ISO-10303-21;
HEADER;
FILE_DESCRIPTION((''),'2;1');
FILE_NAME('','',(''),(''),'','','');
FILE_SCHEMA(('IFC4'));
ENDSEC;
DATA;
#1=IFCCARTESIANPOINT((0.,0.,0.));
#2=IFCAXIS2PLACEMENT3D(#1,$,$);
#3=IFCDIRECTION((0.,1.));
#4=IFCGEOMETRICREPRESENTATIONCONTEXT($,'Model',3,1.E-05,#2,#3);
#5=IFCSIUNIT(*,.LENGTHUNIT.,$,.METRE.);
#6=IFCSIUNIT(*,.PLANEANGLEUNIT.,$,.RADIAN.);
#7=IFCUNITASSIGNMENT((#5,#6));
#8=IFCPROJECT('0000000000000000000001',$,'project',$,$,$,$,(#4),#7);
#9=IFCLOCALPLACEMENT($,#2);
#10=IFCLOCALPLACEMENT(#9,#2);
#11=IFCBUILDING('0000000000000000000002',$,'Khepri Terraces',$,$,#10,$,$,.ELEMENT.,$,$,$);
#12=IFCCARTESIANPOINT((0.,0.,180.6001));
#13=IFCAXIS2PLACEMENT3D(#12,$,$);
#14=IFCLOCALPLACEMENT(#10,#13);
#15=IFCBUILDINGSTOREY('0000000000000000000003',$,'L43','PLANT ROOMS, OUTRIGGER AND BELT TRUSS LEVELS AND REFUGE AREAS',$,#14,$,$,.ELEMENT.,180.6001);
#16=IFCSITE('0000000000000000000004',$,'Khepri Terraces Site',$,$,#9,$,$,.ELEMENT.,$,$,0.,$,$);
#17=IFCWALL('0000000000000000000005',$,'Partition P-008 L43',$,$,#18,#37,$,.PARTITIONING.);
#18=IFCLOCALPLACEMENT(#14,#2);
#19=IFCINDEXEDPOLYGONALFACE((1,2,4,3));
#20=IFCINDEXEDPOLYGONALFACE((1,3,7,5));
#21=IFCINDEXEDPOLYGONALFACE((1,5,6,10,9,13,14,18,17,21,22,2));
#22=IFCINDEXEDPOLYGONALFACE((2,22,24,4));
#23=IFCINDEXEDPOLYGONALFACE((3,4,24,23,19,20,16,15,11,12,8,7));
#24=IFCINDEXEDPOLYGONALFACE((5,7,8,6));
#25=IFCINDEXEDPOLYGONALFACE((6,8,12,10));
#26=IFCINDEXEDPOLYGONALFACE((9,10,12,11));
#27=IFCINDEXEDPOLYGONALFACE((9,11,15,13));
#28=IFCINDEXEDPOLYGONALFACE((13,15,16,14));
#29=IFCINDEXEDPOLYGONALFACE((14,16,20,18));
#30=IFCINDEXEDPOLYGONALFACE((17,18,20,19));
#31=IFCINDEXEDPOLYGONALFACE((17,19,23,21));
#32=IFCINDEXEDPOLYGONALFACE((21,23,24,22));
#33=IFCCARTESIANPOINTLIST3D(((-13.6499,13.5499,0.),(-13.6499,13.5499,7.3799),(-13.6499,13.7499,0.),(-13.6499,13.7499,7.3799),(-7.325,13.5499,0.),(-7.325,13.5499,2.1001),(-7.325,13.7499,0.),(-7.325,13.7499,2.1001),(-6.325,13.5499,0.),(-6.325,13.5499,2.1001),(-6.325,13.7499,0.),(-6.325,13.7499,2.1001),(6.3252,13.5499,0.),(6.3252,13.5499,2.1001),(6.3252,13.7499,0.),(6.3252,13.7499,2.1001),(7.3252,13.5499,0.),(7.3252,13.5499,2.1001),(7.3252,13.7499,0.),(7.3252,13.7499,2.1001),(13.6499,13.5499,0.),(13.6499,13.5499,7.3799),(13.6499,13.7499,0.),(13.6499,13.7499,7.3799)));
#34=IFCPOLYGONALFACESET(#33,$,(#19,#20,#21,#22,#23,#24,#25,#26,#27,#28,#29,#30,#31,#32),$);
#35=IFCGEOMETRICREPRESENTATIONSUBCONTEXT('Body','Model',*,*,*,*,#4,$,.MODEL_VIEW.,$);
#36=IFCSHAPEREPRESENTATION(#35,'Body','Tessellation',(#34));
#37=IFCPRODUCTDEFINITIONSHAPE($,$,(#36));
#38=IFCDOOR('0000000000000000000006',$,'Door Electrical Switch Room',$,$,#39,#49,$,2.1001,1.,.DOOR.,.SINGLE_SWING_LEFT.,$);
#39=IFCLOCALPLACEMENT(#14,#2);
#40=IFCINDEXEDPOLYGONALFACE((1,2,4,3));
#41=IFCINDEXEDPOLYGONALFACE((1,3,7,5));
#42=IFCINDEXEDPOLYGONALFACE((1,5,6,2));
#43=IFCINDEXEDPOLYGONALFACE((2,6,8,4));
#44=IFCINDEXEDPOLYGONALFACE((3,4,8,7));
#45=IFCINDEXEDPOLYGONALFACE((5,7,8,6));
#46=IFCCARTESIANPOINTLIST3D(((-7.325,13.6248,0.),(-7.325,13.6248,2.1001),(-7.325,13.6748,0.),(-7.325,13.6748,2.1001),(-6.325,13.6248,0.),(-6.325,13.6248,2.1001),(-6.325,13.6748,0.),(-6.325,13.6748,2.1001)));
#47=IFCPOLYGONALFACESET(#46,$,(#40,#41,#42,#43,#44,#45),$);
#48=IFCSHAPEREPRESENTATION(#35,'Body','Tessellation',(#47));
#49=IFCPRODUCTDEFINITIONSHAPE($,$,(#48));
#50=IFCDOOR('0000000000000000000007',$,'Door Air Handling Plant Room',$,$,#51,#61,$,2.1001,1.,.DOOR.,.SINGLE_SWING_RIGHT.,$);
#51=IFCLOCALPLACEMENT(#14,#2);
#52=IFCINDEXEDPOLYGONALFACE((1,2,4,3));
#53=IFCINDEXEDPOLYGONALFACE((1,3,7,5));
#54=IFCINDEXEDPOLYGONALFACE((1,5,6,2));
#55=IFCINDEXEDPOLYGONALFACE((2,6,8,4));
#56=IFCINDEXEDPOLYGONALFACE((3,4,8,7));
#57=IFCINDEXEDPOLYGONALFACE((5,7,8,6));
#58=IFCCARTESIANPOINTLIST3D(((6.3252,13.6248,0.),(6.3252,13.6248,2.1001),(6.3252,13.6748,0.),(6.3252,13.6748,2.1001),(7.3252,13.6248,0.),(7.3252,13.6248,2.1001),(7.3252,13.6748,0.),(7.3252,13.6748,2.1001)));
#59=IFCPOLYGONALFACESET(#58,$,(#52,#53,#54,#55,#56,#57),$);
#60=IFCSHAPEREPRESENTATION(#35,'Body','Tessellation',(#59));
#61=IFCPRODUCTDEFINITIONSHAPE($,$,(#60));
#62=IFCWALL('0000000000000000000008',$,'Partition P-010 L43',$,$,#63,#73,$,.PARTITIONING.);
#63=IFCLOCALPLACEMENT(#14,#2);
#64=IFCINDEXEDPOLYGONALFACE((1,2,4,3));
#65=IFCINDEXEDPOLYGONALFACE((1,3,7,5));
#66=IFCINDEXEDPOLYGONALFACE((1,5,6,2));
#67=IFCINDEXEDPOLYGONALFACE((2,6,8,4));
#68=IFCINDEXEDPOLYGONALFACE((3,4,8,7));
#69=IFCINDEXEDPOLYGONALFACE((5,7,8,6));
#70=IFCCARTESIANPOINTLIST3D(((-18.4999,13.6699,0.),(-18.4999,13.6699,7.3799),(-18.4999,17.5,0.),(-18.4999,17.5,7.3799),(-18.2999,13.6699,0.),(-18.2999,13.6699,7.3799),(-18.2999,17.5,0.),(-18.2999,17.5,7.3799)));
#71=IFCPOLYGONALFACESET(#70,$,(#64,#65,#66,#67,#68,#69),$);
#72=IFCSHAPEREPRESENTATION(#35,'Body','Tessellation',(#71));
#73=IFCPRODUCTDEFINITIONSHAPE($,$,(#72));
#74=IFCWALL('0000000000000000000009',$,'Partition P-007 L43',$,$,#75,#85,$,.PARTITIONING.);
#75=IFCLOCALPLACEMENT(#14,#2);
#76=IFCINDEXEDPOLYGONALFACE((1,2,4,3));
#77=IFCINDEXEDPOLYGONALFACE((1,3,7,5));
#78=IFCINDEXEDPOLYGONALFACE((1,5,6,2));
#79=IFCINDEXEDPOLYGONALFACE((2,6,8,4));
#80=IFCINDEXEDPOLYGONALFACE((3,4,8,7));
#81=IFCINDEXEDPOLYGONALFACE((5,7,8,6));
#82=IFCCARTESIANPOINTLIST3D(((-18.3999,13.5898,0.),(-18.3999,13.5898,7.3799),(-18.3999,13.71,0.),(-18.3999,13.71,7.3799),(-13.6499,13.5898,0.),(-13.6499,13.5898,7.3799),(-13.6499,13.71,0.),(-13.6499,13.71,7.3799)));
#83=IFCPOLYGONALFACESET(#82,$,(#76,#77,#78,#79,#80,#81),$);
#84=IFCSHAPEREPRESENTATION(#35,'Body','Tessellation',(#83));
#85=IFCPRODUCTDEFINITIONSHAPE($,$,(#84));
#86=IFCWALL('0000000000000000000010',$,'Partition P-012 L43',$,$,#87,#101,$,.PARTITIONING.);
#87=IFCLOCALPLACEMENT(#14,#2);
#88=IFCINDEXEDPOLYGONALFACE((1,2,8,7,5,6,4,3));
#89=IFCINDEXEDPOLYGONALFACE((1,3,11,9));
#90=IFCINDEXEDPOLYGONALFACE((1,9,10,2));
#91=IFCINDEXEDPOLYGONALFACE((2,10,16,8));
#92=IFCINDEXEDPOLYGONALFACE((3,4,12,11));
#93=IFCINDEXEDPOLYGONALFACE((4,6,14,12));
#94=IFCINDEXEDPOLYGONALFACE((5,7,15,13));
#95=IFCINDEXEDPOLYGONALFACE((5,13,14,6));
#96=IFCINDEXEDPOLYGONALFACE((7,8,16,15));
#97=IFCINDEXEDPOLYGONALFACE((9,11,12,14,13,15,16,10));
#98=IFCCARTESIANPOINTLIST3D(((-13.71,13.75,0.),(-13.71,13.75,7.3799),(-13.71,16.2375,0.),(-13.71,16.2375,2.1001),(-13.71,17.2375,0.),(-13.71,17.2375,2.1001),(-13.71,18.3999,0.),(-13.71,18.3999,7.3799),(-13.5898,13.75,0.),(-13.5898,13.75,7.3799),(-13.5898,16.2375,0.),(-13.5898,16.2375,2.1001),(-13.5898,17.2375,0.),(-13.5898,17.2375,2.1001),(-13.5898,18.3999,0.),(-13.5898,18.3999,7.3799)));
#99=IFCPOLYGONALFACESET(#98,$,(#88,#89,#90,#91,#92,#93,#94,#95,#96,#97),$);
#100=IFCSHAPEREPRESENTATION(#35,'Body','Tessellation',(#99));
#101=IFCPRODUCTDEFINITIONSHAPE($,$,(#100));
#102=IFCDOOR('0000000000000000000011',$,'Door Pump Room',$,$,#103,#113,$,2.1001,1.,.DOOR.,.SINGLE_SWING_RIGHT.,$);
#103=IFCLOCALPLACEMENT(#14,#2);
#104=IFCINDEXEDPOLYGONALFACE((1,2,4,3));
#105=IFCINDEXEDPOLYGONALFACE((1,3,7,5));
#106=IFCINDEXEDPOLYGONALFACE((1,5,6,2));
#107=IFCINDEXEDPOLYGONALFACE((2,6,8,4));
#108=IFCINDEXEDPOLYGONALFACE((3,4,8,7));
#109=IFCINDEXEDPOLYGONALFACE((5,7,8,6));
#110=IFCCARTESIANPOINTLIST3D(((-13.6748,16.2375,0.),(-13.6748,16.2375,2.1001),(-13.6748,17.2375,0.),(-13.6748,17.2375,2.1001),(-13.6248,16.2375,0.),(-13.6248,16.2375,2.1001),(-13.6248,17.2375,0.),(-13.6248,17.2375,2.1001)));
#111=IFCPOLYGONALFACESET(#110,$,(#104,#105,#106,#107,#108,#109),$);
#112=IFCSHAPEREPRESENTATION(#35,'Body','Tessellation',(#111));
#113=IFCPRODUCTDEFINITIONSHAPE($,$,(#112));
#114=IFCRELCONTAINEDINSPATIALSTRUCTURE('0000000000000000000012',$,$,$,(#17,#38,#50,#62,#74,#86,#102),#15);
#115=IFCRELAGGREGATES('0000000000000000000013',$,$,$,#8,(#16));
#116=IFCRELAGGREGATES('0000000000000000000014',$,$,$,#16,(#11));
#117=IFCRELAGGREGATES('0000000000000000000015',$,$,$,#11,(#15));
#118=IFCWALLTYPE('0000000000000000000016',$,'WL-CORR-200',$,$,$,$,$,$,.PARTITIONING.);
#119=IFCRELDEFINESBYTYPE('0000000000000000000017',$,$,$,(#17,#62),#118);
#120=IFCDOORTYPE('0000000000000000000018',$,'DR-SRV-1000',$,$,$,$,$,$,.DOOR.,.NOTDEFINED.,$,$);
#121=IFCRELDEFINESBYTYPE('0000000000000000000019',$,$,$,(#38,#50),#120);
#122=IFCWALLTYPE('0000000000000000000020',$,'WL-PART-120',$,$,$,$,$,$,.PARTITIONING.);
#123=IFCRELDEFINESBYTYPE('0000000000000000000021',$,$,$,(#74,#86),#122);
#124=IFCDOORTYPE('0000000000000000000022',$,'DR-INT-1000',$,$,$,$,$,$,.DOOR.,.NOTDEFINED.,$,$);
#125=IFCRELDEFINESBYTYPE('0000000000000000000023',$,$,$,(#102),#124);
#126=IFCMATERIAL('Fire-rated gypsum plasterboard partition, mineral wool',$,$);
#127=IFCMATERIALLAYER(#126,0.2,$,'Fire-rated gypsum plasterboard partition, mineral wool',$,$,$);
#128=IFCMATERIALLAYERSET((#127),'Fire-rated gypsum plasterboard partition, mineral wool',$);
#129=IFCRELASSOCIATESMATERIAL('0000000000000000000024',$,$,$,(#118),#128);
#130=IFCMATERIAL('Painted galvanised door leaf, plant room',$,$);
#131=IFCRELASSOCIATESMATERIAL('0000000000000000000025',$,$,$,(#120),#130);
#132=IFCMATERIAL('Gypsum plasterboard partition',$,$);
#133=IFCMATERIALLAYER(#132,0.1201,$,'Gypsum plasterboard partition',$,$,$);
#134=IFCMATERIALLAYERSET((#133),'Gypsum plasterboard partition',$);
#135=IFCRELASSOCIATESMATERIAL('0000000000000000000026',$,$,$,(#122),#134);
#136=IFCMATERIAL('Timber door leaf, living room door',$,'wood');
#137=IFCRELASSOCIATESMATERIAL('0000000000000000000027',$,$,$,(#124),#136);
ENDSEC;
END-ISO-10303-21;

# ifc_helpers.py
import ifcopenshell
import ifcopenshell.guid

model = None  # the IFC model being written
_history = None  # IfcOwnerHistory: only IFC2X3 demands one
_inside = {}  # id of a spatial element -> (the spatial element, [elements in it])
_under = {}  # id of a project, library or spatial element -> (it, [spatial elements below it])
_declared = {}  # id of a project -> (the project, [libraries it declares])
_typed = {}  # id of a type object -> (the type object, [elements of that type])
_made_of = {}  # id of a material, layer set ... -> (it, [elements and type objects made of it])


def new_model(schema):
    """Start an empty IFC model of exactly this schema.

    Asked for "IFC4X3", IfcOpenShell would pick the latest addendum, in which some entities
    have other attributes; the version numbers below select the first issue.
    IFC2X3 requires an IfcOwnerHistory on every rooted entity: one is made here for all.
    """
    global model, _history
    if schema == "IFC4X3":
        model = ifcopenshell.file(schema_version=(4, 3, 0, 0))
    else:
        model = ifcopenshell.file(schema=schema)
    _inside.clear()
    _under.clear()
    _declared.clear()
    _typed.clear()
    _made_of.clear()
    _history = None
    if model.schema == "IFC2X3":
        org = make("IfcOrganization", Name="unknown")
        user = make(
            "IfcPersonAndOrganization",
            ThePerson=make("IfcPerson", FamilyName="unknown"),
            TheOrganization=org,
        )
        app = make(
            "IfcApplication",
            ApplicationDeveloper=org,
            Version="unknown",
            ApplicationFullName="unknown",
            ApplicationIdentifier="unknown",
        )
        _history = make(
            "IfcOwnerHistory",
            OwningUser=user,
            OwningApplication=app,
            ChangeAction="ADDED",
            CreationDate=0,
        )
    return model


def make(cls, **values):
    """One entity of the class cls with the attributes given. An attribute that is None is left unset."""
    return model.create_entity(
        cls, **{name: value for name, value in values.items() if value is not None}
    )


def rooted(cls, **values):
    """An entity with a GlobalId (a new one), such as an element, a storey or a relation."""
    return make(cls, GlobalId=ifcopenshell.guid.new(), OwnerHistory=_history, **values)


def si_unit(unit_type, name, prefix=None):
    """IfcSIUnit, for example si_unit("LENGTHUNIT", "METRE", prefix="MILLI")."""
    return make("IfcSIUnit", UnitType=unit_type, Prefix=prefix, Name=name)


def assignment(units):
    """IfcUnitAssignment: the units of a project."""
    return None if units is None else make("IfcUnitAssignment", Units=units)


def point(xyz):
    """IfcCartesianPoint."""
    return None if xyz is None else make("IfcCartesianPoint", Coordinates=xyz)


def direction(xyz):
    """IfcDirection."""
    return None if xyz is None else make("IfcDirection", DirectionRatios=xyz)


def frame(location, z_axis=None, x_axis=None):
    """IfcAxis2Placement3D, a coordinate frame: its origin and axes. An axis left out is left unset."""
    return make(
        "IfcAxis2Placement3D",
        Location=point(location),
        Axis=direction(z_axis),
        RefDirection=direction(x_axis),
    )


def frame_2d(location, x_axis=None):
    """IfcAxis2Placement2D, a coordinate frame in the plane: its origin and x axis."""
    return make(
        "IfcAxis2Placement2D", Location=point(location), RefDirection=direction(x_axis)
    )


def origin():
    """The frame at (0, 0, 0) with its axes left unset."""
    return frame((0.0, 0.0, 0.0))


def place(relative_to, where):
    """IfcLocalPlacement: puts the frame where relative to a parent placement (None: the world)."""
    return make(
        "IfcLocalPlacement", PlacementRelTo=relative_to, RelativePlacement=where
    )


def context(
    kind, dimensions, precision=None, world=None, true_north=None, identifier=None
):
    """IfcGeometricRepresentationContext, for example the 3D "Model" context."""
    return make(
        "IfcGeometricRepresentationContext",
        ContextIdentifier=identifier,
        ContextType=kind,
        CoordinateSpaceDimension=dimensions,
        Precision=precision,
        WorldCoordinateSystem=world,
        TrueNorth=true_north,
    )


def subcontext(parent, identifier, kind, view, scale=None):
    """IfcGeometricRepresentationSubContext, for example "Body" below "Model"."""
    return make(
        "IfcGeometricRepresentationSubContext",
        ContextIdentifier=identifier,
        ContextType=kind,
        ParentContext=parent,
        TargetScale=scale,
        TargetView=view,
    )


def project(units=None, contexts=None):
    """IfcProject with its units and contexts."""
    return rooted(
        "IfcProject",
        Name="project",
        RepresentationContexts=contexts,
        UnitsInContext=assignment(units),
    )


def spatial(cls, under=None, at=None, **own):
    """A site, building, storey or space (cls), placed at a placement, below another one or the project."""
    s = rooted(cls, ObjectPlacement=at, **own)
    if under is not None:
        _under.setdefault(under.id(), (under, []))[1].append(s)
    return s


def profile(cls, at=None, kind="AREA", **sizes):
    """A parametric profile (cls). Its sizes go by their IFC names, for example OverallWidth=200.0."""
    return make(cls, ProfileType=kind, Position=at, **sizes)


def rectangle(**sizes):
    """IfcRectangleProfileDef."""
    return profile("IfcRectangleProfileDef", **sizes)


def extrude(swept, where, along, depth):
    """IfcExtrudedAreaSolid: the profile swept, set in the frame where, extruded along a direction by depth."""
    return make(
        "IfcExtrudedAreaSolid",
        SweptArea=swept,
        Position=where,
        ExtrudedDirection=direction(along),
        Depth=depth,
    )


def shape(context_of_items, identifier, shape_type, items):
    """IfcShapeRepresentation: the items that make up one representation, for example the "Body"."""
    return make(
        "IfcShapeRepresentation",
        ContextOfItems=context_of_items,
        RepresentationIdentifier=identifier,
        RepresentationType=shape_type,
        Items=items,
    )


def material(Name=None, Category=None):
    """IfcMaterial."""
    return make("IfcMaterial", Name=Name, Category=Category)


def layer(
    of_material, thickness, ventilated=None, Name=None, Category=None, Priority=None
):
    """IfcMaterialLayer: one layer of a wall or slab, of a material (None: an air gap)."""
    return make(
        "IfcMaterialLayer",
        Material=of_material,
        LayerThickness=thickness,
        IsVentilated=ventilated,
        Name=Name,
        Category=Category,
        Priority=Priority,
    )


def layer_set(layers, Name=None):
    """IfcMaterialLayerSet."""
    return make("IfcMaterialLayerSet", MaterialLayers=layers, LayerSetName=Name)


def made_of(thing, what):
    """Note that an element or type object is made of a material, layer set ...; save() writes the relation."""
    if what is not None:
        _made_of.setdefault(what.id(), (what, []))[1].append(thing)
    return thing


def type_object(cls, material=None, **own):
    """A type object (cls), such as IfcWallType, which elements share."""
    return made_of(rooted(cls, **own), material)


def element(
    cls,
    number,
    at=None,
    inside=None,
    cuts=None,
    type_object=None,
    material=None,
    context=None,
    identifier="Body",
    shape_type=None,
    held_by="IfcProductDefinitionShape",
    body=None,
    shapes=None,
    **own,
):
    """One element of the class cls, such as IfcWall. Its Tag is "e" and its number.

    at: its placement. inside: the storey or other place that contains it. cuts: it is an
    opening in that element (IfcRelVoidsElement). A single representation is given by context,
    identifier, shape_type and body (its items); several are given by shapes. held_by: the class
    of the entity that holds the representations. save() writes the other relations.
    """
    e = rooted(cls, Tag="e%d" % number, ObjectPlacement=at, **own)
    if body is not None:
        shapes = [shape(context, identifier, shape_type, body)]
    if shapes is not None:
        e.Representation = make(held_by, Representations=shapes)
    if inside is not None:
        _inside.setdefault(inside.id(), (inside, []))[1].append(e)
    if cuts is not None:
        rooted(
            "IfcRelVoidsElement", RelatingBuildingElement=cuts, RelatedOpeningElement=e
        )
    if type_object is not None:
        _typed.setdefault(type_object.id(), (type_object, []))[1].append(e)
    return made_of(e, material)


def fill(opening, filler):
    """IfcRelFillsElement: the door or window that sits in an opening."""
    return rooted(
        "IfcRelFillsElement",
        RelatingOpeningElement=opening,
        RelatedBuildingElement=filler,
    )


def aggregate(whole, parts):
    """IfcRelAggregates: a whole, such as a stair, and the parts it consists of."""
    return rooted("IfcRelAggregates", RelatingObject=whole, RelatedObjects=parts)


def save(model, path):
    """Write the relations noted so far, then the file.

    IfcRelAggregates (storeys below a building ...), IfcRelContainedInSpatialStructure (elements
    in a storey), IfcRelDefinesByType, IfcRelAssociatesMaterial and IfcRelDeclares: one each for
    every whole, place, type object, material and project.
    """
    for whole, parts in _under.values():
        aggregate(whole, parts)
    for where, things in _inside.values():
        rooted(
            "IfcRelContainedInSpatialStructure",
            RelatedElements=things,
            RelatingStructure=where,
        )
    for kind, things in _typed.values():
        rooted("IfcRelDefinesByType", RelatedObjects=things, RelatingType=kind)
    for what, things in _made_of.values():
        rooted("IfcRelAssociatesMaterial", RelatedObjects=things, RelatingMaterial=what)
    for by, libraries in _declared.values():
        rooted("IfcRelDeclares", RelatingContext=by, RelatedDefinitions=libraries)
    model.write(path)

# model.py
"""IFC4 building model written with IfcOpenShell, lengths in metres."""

from ifc_helpers import new_model, si_unit, direction, frame, frame_2d, origin, place, context, subcontext, project, spatial, rectangle, extrude, material, layer, layer_set, type_object, element, fill, save


model = new_model("IFC4")

# Units and contexts
model_context = context("Model", 3, precision=1e-05, world=origin(), true_north=direction((0.0, 1.0)))
body_context = subcontext(model_context, "Body", "Model", "MODEL_VIEW")
ifc_project = project(units=[si_unit("LENGTHUNIT", "METRE"), si_unit("PLANEANGLEUNIT", "RADIAN")], contexts=[model_context])

# Site, building, storey
site_placement = place(None, origin())
site = spatial("IfcSite", under=ifc_project, at=site_placement, Name="Khepri Terraces Site", CompositionType="ELEMENT", RefElevation=0.0)
building_placement = place(site_placement, origin())
building = spatial("IfcBuilding", under=site, at=building_placement, Name="Khepri Terraces", CompositionType="ELEMENT")
storey_placement = place(building_placement, frame((0.0, 0.0, 180.6001)))
storey = spatial("IfcBuildingStorey", under=building, at=storey_placement, Name="L43", Description="PLANT ROOMS, OUTRIGGER AND BELT TRUSS LEVELS AND REFUGE AREAS", CompositionType="ELEMENT", Elevation=180.6001)

# Wall, openings, doors
ifc_material_1 = material(Name="Fire-rated gypsum plasterboard partition, mineral wool")
ifc_layer_1 = layer(ifc_material_1, 0.2, Name="Fire-rated gypsum plasterboard partition, mineral wool")
ifc_layer_set_1 = layer_set([ifc_layer_1], Name="Fire-rated gypsum plasterboard partition, mineral wool")
wall_type_1 = type_object("IfcWallType", Name="WL-CORR-200", PredefinedType="PARTITIONING", material=ifc_layer_set_1)
wall_1_placement = place(storey_placement, frame((-13.6499, 13.6499, 0.0), z_axis=(0.0, 0.0, 1.0), x_axis=(1.0, 0.0, 0.0)))
wall_1 = element("IfcWall", 1, at=wall_1_placement, inside=storey, type_object=wall_type_1, Name="Partition P-008 L43", PredefinedType="PARTITIONING", context=body_context, shape_type="SweptSolid", body=[
    extrude(rectangle(XDim=27.2998, YDim=0.2, at=frame_2d((13.6499, 0.0))), origin(), (0.0, 0.0, 1.0), 7.3799),
])
opening_1_placement = place(wall_1_placement, frame((6.325, 0.0, 0.0)))
opening_1 = element("IfcOpeningElement", 2, at=opening_1_placement, cuts=wall_1, PredefinedType="OPENING", context=body_context, shape_type="SweptSolid", body=[
    extrude(rectangle(XDim=1.0, YDim=2.1001, at=frame_2d((0.5, 1.05))), frame((0.0, 0.1099, 0.0), z_axis=(0.0, -1.0, 0.0), x_axis=(1.0, 0.0, 0.0)), (0.0, 0.0, 1.0), 0.22),
])
opening_2_placement = place(wall_1_placement, frame((19.9751, 0.0, 0.0)))
opening_2 = element("IfcOpeningElement", 3, at=opening_2_placement, cuts=wall_1, PredefinedType="OPENING", context=body_context, shape_type="SweptSolid", body=[
    extrude(rectangle(XDim=1.0, YDim=2.1001, at=frame_2d((0.5, 1.05))), frame((0.0, 0.1099, 0.0), z_axis=(0.0, -1.0, 0.0), x_axis=(1.0, 0.0, 0.0)), (0.0, 0.0, 1.0), 0.22),
])
ifc_material_2 = material(Name="Painted galvanised door leaf, plant room")
door_type_1 = type_object("IfcDoorType", Name="DR-SRV-1000", OperationType="NOTDEFINED", PredefinedType="DOOR", material=ifc_material_2)
door_1_placement = place(opening_1_placement, origin())
door_1 = element("IfcDoor", 4, at=door_1_placement, inside=storey, type_object=door_type_1, Name="Door Electrical Switch Room", OperationType="SINGLE_SWING_LEFT", OverallHeight=2.1001, OverallWidth=1.0, PredefinedType="DOOR", context=body_context, shape_type="SweptSolid", body=[
    extrude(rectangle(XDim=1.0, YDim=2.1001, at=frame_2d((0.5, 1.05))), frame((0.0, 0.0249, 0.0), z_axis=(0.0, -1.0, 0.0), x_axis=(1.0, 0.0, 0.0)), (0.0, 0.0, 1.0), 0.05),
])
fill(opening_1, door_1)
door_2_placement = place(opening_2_placement, origin())
door_2 = element("IfcDoor", 5, at=door_2_placement, inside=storey, type_object=door_type_1, Name="Door Air Handling Plant Room", OperationType="SINGLE_SWING_RIGHT", OverallHeight=2.1001, OverallWidth=1.0, PredefinedType="DOOR", context=body_context, shape_type="SweptSolid", body=[
    extrude(rectangle(XDim=1.0, YDim=2.1001, at=frame_2d((0.5, 1.05))), frame((0.0, 0.0249, 0.0), z_axis=(0.0, -1.0, 0.0), x_axis=(1.0, 0.0, 0.0)), (0.0, 0.0, 1.0), 0.05),
])
fill(opening_2, door_2)

# Walls
wall_2_placement = place(storey_placement, frame((-18.3999, 13.6699, 0.0), z_axis=(0.0, 0.0, 1.0), x_axis=(0.0, 1.0, 0.0)))
element("IfcWall", 6, at=wall_2_placement, inside=storey, type_object=wall_type_1, Name="Partition P-010 L43", PredefinedType="PARTITIONING", context=body_context, shape_type="SweptSolid", body=[
    extrude(rectangle(XDim=3.8301, YDim=0.2, at=frame_2d((1.915, 0.0))), origin(), (0.0, 0.0, 1.0), 7.3799),
])
ifc_material_3 = material(Name="Gypsum plasterboard partition")
ifc_layer_2 = layer(ifc_material_3, 0.1201, Name="Gypsum plasterboard partition")
ifc_layer_set_2 = layer_set([ifc_layer_2], Name="Gypsum plasterboard partition")
wall_type_2 = type_object("IfcWallType", Name="WL-PART-120", PredefinedType="PARTITIONING", material=ifc_layer_set_2)
wall_3_placement = place(storey_placement, frame((-18.3999, 13.6499, 0.0), z_axis=(0.0, 0.0, 1.0), x_axis=(1.0, 0.0, 0.0)))
element("IfcWall", 7, at=wall_3_placement, inside=storey, type_object=wall_type_2, Name="Partition P-007 L43", PredefinedType="PARTITIONING", context=body_context, shape_type="SweptSolid", body=[
    extrude(rectangle(XDim=4.75, YDim=0.1201, at=frame_2d((2.375, 0.0))), origin(), (0.0, 0.0, 1.0), 7.3799),
])

# Wall, opening, door
wall_4_placement = place(storey_placement, frame((-13.6499, 13.75, 0.0), z_axis=(0.0, 0.0, 1.0), x_axis=(0.0, 1.0, 0.0)))
wall_4 = element("IfcWall", 8, at=wall_4_placement, inside=storey, type_object=wall_type_2, Name="Partition P-012 L43", PredefinedType="PARTITIONING", context=body_context, shape_type="SweptSolid", body=[
    extrude(rectangle(XDim=4.6499, YDim=0.1201, at=frame_2d((2.325, 0.0))), origin(), (0.0, 0.0, 1.0), 7.3799),
])
opening_3_placement = place(wall_4_placement, frame((2.4875, 0.0, 0.0)))
opening_3 = element("IfcOpeningElement", 9, at=opening_3_placement, cuts=wall_4, PredefinedType="OPENING", context=body_context, shape_type="SweptSolid", body=[
    extrude(rectangle(XDim=1.0, YDim=2.1001, at=frame_2d((0.5, 1.05))), frame((0.0, 0.0701, 0.0), z_axis=(0.0, -1.0, 0.0), x_axis=(1.0, 0.0, 0.0)), (0.0, 0.0, 1.0), 0.1401),
])
ifc_material_4 = material(Name="Timber door leaf, living room door", Category="wood")
door_type_2 = type_object("IfcDoorType", Name="DR-INT-1000", OperationType="NOTDEFINED", PredefinedType="DOOR", material=ifc_material_4)
door_3_placement = place(opening_3_placement, origin())
door_3 = element("IfcDoor", 10, at=door_3_placement, inside=storey, type_object=door_type_2, Name="Door Pump Room", OperationType="SINGLE_SWING_RIGHT", OverallHeight=2.1001, OverallWidth=1.0, PredefinedType="DOOR", context=body_context, shape_type="SweptSolid", body=[
    extrude(rectangle(XDim=1.0, YDim=2.1001, at=frame_2d((0.5, 1.05))), frame((0.0, 0.0249, 0.0), z_axis=(0.0, -1.0, 0.0), x_axis=(1.0, 0.0, 0.0)), (0.0, 0.0, 1.0), 0.05),
])
fill(opening_3, door_3)

save(model, "model.ifc")
